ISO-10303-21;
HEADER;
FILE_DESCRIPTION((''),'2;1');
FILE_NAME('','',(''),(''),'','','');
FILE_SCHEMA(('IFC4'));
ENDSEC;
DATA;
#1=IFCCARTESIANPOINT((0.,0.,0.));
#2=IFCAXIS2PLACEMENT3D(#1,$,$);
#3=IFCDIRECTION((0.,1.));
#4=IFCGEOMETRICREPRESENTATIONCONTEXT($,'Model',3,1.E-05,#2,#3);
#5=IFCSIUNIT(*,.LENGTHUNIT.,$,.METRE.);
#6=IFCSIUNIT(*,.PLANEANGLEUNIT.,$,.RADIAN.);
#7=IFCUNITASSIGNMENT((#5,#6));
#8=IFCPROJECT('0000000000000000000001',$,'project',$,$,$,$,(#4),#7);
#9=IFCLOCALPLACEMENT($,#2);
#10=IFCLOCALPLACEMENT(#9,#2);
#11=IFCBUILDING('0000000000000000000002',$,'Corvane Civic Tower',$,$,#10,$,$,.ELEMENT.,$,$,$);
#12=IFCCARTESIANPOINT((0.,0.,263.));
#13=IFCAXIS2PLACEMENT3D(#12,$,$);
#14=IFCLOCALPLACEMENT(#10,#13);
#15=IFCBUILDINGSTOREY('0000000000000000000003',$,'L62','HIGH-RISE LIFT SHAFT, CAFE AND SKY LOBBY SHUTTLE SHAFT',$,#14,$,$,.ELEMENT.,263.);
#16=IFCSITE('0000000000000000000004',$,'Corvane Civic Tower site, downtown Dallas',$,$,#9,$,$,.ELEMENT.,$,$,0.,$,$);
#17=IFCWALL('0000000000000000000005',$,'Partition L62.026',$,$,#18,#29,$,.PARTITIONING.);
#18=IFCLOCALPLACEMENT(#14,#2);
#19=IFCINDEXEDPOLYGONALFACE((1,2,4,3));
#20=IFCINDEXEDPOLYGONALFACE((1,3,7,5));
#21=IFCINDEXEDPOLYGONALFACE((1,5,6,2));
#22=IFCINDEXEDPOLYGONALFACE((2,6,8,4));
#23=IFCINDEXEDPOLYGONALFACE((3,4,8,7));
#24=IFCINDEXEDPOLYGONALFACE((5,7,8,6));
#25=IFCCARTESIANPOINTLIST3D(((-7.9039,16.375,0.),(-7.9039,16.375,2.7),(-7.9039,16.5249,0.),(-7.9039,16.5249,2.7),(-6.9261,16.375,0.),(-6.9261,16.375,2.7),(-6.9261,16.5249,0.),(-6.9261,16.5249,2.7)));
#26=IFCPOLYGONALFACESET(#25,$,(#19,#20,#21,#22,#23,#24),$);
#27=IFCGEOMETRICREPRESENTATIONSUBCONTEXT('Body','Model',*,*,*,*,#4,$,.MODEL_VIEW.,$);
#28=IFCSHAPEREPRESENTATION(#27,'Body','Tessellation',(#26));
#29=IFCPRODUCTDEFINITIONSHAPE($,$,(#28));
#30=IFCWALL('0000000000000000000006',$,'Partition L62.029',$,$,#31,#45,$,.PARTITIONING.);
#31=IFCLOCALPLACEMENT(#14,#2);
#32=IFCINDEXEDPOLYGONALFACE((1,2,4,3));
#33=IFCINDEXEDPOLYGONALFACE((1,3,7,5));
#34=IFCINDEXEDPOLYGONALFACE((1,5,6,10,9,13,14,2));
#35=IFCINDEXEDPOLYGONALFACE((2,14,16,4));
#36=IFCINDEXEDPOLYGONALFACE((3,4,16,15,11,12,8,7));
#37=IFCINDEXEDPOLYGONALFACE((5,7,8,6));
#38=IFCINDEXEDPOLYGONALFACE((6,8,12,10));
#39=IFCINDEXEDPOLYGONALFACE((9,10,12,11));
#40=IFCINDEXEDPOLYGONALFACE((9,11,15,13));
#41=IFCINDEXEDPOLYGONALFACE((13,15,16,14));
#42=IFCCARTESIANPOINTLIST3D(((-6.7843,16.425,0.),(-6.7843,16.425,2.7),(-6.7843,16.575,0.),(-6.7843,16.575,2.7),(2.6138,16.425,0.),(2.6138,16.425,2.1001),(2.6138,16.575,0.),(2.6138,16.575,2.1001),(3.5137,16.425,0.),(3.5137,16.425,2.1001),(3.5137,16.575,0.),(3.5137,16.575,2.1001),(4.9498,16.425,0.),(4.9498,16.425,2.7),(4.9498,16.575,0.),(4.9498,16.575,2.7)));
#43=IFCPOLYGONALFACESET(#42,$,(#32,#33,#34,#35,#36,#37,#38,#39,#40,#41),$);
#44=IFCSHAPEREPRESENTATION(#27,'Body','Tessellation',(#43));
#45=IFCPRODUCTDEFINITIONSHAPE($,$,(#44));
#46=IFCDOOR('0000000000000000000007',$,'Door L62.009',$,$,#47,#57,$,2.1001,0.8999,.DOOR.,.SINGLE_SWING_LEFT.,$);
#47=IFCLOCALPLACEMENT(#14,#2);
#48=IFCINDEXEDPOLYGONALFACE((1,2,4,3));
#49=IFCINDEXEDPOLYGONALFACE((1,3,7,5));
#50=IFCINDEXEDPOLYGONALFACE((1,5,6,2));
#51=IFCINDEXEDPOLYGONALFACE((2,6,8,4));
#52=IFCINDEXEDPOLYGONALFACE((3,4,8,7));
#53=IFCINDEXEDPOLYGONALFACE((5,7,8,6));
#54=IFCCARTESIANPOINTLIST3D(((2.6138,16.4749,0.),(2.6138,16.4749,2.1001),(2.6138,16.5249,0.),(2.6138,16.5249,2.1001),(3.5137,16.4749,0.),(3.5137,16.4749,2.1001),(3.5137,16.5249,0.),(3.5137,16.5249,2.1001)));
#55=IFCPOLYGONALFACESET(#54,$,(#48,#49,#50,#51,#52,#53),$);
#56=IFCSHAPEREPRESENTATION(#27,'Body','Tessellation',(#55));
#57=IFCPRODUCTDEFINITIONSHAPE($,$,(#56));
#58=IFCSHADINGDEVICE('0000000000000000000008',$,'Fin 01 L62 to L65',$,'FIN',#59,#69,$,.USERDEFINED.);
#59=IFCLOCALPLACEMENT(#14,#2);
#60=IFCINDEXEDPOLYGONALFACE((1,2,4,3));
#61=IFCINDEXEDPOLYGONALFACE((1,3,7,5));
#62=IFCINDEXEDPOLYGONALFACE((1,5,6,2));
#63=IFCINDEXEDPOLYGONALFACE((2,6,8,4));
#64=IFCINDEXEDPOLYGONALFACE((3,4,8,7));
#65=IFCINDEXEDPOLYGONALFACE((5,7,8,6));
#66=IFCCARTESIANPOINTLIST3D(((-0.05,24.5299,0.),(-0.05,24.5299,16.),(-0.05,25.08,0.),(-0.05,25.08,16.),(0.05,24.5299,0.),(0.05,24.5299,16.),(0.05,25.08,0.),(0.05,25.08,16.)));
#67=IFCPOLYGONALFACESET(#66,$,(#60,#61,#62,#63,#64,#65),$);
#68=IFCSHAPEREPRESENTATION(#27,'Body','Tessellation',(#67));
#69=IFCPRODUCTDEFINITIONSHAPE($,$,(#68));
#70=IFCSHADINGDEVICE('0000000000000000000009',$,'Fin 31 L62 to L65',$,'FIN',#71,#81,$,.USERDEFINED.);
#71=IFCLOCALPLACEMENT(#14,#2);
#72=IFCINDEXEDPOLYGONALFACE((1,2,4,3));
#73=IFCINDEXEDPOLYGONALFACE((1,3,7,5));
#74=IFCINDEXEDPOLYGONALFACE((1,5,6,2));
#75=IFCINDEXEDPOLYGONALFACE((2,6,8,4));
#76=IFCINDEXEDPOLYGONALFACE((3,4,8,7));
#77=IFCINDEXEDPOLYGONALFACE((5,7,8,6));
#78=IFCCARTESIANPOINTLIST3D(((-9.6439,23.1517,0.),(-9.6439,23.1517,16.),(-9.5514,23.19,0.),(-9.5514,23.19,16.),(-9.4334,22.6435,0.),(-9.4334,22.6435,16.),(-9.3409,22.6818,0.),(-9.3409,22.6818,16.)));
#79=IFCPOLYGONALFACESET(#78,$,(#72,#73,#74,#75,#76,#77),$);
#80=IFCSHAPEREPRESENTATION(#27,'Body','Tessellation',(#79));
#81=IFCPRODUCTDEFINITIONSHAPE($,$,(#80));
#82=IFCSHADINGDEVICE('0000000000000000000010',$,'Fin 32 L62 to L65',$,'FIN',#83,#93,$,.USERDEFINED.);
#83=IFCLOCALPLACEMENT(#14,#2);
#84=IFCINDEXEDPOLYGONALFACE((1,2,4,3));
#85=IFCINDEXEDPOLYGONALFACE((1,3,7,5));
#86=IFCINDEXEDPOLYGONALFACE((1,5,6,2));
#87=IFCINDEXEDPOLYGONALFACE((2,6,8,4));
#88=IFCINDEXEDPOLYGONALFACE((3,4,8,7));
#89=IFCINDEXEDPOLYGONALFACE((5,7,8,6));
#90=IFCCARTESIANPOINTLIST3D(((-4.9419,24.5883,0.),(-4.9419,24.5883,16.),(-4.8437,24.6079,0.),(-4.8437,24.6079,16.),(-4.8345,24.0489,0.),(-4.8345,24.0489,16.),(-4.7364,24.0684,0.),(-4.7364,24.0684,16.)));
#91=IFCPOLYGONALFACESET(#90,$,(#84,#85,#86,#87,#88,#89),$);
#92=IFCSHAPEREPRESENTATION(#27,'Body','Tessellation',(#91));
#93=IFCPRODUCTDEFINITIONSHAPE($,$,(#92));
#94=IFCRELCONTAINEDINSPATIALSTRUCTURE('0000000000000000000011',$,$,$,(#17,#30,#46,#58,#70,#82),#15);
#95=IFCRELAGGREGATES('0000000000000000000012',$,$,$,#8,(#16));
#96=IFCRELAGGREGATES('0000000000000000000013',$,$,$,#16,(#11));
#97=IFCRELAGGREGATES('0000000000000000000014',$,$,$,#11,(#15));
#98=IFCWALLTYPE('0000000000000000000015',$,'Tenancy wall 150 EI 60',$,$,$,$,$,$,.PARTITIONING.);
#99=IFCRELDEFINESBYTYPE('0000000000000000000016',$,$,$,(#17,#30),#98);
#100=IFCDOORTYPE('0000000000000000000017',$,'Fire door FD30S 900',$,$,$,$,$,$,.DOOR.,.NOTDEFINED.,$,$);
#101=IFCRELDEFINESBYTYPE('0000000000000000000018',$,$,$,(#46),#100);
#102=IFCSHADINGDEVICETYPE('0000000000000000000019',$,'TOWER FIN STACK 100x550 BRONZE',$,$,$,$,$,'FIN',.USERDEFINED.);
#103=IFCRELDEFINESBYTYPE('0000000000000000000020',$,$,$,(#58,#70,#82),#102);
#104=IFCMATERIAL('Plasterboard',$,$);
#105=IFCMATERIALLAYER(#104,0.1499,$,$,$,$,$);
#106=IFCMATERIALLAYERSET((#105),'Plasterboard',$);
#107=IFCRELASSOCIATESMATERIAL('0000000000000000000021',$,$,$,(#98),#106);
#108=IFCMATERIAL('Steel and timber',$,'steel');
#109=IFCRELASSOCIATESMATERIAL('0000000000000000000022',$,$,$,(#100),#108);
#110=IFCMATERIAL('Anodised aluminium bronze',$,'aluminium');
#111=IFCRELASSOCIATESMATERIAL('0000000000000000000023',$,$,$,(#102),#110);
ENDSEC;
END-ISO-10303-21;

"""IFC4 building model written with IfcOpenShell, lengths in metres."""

from ifc_helpers import new_model, si_unit, direction, frame, frame_2d, origin, origin_2d, place, context, subcontext, project, spatial, rectangle, extrude, material, layer, layer_set, material_profile, profile_set, type_object, element, fill, save


model = new_model("IFC4")

# Units and contexts
model_context = context("Model", 3, precision=1e-05, world=origin(), true_north=direction((0.0, 1.0)))
body_context = subcontext(model_context, "Body", "Model", "MODEL_VIEW")
ifc_project = project(units=[si_unit("LENGTHUNIT", "METRE"), si_unit("PLANEANGLEUNIT", "RADIAN")], contexts=[model_context])

# Site, building, storey
site_placement = place(None, origin())
site = spatial("IfcSite", under=ifc_project, at=site_placement, Name="Corvane Civic Tower site, downtown Dallas", CompositionType="ELEMENT", RefElevation=0.0)
building_placement = place(site_placement, origin())
building = spatial("IfcBuilding", under=site, at=building_placement, Name="Corvane Civic Tower", CompositionType="ELEMENT")
storey_placement = place(building_placement, frame((0.0, 0.0, 263.0)))
storey = spatial("IfcBuildingStorey", under=building, at=storey_placement, Name="L62", Description="HIGH-RISE LIFT SHAFT, CAFE AND SKY LOBBY SHUTTLE SHAFT", CompositionType="ELEMENT", Elevation=263.0)

# Wall
ifc_material_1 = material(Name="Plasterboard")
ifc_layer_1 = layer(ifc_material_1, 0.1499)
ifc_layer_set_1 = layer_set([ifc_layer_1], Name="Plasterboard")
wall_type_1 = type_object("IfcWallType", Name="Tenancy wall 150 EI 60", PredefinedType="PARTITIONING", material=ifc_layer_set_1)
wall_1_placement = place(storey_placement, frame((-7.9038, 16.45, 0.0), z_axis=(0.0, 0.0, 1.0), x_axis=(1.0, 0.0, 0.0)))
element("IfcWall", 1, at=wall_1_placement, inside=storey, type_object=wall_type_1, Name="Partition L62.026", PredefinedType="PARTITIONING", context=body_context, shape_type="SweptSolid", body=[
    extrude(rectangle(XDim=0.9778, YDim=0.1499, at=frame_2d((0.4888, 0.0))), origin(), (0.0, 0.0, 1.0), 2.7),
])

# Wall, opening, door
wall_2_placement = place(storey_placement, frame((-6.7844, 16.5, 0.0), z_axis=(0.0, 0.0, 1.0), x_axis=(1.0, 0.0, 0.0)))
wall_2 = element("IfcWall", 2, at=wall_2_placement, inside=storey, type_object=wall_type_1, Name="Partition L62.029", PredefinedType="PARTITIONING", context=body_context, shape_type="SweptSolid", body=[
    extrude(rectangle(XDim=11.7341, YDim=0.1499, at=frame_2d((5.8672, 0.0))), origin(), (0.0, 0.0, 1.0), 2.7),
])
opening_1_placement = place(wall_2_placement, frame((9.3982, 0.0, 0.0)))
opening_1 = element("IfcOpeningElement", 3, at=opening_1_placement, cuts=wall_2, PredefinedType="OPENING", context=body_context, shape_type="SweptSolid", body=[
    extrude(rectangle(XDim=0.8999, YDim=2.1001, at=frame_2d((0.45, 1.05))), frame((0.0, 0.085, 0.0), z_axis=(0.0, -1.0, 0.0), x_axis=(1.0, 0.0, 0.0)), (0.0, 0.0, 1.0), 0.1699),
])
ifc_material_2 = material(Name="Steel and timber", Category="steel")
door_type_1 = type_object("IfcDoorType", Name="Fire door FD30S 900", OperationType="NOTDEFINED", PredefinedType="DOOR", material=ifc_material_2)
door_1_placement = place(opening_1_placement, origin())
door_1 = element("IfcDoor", 4, at=door_1_placement, inside=storey, type_object=door_type_1, Name="Door L62.009", OperationType="SINGLE_SWING_LEFT", OverallHeight=2.1001, OverallWidth=0.8999, PredefinedType="DOOR", context=body_context, shape_type="SweptSolid", body=[
    extrude(rectangle(XDim=0.8999, YDim=2.1001, at=frame_2d((0.45, 1.05))), frame((0.0, 0.0249, 0.0), z_axis=(0.0, -1.0, 0.0), x_axis=(1.0, 0.0, 0.0)), (0.0, 0.0, 1.0), 0.05),
])
fill(opening_1, door_1)

# Shading devices
ifc_material_3 = material(Name="Anodised aluminium bronze", Category="aluminium")
ifc_material_profile_1 = material_profile(ifc_material_3, rectangle(XDim=0.1001, YDim=0.55, at=origin_2d()), Name="TOWER FIN STACK 100x550 BRONZE")
ifc_profile_set_1 = profile_set([ifc_material_profile_1], Name="Anodised aluminium bronze")
shading_device_type = type_object("IfcShadingDeviceType", Name="TOWER FIN STACK 100x550 BRONZE", ElementType="FIN", PredefinedType="USERDEFINED", material=ifc_profile_set_1)
for number, where, z_axis, x_axis, name in (
    (5, (0.0, 24.8049, 0.0), (0.0, 0.0, 1.0), (1.0, 0.0, 0.0), "Fin 01 L62 to L65"),
    (6, (-9.4924, 22.9167, 0.0), (0.0, 0.0, 1.0), (0.92388, 0.382683, 0.0), "Fin 31 L62 to L65"),
    (7, (-4.8391, 24.3284, 0.0), (0.0, 0.0, 1.0), (0.980785, 0.19509, 0.0), "Fin 32 L62 to L65"),
):
    element("IfcShadingDevice", number, at=place(storey_placement, frame(where, z_axis=z_axis, x_axis=x_axis)), inside=storey, type_object=shading_device_type, Name=name, ObjectType="FIN", PredefinedType="USERDEFINED", context=body_context, shape_type="SweptSolid", body=[
        extrude(rectangle(XDim=0.1001, YDim=0.55, at=origin_2d()), origin(), (0.0, 0.0, 1.0), 16.0),
    ])

save(model, "model.ifc")
